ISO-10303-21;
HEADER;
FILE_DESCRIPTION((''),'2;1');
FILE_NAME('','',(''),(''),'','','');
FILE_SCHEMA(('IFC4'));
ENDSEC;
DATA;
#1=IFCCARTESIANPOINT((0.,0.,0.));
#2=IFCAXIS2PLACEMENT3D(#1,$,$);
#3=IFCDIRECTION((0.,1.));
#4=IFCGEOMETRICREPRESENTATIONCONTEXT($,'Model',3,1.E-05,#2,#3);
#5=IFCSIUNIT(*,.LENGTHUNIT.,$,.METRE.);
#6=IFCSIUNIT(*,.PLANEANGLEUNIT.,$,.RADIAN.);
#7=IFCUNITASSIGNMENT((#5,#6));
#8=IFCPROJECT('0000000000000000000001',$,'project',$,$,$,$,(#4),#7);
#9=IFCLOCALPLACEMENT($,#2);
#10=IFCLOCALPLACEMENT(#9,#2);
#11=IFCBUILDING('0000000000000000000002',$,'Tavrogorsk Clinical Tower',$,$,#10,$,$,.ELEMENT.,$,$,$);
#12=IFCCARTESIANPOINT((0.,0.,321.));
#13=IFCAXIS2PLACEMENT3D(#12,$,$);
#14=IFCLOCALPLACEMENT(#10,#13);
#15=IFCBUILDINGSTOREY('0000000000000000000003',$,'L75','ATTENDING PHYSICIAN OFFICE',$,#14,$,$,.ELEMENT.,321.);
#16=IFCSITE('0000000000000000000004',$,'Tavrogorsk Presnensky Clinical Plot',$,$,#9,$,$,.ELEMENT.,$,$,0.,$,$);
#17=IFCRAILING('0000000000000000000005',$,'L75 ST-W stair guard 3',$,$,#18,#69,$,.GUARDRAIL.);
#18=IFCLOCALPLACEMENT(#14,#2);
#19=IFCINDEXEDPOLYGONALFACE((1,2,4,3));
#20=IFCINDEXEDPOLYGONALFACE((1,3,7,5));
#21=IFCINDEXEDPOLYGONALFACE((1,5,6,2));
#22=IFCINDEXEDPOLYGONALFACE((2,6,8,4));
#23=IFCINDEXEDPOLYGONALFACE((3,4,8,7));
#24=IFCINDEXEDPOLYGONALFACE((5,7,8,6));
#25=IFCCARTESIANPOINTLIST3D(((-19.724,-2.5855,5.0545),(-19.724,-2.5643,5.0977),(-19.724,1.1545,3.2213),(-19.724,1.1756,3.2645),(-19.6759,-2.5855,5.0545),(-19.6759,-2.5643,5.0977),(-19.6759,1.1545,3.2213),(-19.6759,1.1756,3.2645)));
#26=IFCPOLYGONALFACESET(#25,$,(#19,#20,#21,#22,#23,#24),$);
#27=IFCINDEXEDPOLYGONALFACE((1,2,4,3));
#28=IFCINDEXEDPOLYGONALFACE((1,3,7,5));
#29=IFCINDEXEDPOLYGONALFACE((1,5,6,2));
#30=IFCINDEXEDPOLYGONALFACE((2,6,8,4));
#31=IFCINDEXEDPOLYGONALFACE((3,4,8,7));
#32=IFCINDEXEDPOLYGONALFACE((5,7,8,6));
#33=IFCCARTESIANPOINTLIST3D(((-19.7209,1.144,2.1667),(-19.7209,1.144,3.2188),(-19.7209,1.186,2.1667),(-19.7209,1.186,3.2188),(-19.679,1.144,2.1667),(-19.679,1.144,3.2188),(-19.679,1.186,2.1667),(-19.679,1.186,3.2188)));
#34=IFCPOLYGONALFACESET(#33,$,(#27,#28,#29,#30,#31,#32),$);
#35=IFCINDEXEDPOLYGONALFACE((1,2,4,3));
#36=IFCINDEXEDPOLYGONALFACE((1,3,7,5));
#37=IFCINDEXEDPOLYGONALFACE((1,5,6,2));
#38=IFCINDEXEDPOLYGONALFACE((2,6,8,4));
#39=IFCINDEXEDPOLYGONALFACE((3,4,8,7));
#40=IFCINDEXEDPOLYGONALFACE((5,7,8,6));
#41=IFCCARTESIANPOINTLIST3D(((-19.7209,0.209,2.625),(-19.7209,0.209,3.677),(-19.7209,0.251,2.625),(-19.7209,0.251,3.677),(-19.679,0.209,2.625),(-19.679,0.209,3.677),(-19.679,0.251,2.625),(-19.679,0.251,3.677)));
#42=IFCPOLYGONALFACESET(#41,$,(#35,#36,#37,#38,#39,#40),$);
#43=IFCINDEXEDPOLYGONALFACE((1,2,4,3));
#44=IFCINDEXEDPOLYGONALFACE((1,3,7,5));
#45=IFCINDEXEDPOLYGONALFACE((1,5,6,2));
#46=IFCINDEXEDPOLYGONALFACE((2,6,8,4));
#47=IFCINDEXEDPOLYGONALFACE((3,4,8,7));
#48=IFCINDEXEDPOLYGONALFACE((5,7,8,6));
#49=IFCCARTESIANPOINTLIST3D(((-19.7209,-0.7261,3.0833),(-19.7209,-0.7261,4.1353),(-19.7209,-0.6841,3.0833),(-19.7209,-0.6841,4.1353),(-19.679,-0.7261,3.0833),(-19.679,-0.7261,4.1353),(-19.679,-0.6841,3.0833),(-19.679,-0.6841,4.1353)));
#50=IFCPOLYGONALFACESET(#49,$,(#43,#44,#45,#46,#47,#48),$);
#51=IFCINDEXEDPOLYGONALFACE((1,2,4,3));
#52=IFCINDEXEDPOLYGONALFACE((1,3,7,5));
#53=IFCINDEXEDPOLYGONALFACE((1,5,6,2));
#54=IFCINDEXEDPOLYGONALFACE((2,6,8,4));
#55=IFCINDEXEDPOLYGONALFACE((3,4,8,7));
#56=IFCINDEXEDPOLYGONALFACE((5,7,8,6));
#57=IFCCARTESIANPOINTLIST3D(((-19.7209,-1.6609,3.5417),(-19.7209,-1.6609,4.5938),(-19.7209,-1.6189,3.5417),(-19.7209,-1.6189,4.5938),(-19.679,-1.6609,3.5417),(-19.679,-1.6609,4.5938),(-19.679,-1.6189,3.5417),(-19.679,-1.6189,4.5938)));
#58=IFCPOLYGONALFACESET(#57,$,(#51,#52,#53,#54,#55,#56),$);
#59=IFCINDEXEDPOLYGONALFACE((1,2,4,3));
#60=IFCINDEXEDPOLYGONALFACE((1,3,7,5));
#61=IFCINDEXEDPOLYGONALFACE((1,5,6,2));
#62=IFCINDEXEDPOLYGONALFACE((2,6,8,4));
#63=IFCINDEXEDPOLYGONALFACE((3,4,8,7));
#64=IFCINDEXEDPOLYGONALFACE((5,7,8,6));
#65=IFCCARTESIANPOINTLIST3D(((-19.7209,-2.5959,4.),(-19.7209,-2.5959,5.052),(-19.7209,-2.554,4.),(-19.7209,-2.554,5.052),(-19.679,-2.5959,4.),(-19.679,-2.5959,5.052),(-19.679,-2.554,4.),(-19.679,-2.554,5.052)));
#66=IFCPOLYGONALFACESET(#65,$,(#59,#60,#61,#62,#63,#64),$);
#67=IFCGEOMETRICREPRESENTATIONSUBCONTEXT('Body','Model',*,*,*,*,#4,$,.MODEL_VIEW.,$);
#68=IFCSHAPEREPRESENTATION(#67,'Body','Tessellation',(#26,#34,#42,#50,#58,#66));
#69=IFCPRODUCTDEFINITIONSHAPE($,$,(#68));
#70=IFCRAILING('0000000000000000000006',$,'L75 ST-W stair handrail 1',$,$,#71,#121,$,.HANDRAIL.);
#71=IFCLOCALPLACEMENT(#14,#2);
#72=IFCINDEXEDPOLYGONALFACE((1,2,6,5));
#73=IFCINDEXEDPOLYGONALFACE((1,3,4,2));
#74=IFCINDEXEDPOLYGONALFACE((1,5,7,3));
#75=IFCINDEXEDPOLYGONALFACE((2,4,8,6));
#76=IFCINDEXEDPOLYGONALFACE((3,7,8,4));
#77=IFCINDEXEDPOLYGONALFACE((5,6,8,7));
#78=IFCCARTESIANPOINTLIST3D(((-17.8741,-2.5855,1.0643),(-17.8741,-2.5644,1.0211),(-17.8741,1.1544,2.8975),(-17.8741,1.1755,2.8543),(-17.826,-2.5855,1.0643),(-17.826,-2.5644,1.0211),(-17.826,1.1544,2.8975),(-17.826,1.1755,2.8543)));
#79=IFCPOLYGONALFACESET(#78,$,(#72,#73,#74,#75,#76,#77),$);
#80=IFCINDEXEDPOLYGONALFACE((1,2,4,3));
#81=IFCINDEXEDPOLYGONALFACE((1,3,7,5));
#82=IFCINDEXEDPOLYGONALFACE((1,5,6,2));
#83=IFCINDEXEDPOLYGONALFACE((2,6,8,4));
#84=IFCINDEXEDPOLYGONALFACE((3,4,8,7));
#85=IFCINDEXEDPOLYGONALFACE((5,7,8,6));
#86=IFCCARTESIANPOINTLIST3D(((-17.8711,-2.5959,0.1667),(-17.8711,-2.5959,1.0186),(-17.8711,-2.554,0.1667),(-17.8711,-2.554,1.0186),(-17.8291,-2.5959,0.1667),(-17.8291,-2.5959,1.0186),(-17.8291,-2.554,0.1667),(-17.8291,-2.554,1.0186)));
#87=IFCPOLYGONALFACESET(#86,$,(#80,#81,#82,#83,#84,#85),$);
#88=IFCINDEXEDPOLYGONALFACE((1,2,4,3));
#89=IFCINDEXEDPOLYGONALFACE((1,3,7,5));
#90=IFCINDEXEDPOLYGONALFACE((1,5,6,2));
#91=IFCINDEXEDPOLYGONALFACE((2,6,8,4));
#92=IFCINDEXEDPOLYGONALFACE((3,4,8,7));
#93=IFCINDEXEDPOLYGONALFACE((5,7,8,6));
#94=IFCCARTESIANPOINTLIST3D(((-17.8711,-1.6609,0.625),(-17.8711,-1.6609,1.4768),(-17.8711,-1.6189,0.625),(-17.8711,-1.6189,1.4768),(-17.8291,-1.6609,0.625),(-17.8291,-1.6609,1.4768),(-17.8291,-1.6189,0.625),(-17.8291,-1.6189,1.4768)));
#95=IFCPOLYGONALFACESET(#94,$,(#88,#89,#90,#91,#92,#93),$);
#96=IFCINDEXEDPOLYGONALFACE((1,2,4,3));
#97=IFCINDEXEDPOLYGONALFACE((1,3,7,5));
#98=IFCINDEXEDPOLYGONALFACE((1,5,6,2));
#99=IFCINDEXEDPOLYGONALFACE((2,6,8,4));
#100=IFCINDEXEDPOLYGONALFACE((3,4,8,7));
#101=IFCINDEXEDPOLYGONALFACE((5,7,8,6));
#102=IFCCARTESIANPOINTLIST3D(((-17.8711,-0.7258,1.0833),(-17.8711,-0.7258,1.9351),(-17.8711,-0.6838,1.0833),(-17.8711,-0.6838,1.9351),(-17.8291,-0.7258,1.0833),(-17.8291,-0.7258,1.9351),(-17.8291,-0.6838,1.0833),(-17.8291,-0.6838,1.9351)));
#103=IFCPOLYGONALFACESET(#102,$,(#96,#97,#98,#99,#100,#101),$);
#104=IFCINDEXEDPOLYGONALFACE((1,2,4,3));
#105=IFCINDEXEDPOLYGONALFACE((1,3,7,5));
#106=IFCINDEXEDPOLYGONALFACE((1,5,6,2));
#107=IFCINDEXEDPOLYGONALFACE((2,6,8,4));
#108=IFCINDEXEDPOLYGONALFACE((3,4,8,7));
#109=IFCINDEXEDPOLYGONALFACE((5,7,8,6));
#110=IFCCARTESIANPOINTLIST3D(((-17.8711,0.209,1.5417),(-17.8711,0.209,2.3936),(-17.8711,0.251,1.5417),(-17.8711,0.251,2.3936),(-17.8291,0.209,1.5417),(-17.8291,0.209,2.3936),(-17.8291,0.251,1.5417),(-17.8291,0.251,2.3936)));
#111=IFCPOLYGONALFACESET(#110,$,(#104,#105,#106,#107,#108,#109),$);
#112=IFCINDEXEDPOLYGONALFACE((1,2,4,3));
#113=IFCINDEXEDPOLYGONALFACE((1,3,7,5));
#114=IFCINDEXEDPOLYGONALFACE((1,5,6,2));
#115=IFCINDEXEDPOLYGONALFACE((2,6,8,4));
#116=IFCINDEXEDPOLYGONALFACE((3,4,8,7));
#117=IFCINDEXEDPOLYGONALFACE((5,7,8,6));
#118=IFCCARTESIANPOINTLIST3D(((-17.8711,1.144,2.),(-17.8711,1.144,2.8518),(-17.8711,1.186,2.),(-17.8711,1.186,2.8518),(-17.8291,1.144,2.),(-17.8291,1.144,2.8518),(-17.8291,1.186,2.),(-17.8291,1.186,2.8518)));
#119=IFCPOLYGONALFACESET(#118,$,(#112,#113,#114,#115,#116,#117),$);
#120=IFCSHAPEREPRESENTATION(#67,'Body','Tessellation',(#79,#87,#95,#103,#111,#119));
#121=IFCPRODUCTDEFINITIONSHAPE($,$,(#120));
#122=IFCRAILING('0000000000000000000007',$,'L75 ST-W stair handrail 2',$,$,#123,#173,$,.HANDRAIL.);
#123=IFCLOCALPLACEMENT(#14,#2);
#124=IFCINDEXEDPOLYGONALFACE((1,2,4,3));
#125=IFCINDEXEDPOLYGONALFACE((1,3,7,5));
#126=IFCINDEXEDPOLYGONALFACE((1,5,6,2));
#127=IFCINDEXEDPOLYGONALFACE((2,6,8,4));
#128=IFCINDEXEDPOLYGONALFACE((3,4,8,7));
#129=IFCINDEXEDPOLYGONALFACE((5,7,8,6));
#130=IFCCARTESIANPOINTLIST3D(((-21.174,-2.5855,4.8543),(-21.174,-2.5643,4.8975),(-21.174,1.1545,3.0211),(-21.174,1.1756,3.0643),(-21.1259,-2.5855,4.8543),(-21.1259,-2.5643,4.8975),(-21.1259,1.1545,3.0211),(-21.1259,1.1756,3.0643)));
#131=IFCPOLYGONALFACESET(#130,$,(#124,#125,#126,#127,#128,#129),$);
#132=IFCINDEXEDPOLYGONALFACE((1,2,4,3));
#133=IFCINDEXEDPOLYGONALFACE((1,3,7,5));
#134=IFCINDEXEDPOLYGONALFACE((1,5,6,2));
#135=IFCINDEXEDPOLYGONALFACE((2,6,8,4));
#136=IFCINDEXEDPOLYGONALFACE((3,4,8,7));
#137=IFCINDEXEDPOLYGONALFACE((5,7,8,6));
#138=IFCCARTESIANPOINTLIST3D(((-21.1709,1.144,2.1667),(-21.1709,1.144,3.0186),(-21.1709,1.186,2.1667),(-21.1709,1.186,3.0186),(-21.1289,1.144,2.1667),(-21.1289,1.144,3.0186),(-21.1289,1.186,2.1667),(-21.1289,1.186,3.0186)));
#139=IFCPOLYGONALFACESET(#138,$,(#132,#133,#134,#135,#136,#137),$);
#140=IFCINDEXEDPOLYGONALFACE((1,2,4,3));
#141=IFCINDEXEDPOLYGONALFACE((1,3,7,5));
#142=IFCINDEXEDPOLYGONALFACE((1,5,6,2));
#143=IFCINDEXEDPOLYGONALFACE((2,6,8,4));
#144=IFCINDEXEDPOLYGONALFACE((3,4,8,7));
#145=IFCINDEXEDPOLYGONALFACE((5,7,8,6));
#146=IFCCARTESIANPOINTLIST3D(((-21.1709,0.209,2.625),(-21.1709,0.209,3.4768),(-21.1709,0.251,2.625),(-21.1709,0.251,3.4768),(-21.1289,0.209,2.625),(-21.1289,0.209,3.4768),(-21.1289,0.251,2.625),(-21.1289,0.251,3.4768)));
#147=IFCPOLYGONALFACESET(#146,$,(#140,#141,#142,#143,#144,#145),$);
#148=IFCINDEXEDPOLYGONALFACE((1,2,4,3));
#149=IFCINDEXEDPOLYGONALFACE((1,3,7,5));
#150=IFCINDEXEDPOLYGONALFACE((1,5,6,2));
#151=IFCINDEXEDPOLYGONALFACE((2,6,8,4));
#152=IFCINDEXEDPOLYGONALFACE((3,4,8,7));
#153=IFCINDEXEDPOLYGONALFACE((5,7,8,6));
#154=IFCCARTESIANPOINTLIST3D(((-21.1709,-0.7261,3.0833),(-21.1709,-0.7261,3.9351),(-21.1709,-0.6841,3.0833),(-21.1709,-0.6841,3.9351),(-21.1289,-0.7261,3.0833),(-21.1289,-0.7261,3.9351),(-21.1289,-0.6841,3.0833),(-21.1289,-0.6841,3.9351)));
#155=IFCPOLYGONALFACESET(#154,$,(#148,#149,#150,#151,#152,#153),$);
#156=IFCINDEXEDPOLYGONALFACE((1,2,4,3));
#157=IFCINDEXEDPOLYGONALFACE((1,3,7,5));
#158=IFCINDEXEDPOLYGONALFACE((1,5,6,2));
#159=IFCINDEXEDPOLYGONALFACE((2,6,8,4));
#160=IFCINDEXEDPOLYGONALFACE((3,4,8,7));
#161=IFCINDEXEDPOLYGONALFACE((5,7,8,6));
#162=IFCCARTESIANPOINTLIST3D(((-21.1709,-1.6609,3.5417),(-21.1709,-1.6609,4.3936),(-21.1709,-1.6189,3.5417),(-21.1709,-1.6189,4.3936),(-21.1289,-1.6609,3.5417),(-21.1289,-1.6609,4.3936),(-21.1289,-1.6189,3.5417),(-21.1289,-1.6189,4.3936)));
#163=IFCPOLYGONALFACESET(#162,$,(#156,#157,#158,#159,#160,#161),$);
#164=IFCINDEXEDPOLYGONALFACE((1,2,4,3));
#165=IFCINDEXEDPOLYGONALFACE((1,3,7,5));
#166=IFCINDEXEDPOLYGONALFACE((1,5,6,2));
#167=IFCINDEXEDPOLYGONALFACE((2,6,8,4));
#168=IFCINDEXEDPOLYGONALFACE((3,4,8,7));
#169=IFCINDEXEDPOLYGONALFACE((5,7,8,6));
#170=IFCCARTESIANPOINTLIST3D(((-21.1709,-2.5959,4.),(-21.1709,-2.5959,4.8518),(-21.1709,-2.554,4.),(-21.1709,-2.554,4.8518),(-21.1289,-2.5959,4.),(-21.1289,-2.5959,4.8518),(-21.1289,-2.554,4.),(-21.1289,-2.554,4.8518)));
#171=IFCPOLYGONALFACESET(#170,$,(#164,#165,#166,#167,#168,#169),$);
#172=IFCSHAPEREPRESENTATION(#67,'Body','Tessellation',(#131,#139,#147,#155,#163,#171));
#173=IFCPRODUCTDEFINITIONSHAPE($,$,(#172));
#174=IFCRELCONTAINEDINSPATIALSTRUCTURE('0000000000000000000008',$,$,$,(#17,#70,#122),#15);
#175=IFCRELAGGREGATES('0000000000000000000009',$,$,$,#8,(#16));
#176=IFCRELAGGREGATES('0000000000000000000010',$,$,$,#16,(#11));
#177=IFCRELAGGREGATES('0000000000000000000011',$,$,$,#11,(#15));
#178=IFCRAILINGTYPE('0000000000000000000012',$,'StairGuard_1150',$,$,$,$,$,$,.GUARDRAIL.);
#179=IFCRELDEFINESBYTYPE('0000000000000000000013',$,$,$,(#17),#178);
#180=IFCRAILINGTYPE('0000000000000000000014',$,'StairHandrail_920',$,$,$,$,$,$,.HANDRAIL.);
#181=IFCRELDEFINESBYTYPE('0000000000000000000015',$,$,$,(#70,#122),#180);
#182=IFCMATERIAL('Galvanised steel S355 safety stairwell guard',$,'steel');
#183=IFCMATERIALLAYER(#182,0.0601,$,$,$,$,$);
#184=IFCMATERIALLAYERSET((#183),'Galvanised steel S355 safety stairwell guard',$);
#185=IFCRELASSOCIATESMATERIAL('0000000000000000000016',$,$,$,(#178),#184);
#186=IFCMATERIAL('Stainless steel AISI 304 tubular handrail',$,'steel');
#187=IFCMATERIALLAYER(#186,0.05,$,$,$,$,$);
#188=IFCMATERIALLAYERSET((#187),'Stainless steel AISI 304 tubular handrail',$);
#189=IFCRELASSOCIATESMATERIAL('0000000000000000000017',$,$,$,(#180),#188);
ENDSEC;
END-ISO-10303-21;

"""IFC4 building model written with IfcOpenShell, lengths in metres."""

from ifc_helpers import new_model, si_unit, direction, frame, origin, origin_2d, place, context, subcontext, project, spatial, rectangle, extrude, material, layer, layer_set, type_object, element, save


model = new_model("IFC4")

# Units and contexts
model_context = context("Model", 3, precision=1e-05, world=origin(), true_north=direction((0.0, 1.0)))
body_context = subcontext(model_context, "Body", "Model", "MODEL_VIEW")
ifc_project = project(units=[si_unit("LENGTHUNIT", "METRE"), si_unit("PLANEANGLEUNIT", "RADIAN")], contexts=[model_context])

# Site, building, storey
site_placement = place(None, origin())
site = spatial("IfcSite", under=ifc_project, at=site_placement, Name="Tavrogorsk Presnensky Clinical Plot", CompositionType="ELEMENT", RefElevation=0.0)
building_placement = place(site_placement, origin())
building = spatial("IfcBuilding", under=site, at=building_placement, Name="Tavrogorsk Clinical Tower", CompositionType="ELEMENT")
storey_placement = place(building_placement, frame((0.0, 0.0, 321.0)))
storey = spatial("IfcBuildingStorey", under=building, at=storey_placement, Name="L75", Description="ATTENDING PHYSICIAN OFFICE", CompositionType="ELEMENT", Elevation=321.0)

# Railings
ifc_material_1 = material(Name="Galvanised steel S355 safety stairwell guard", Category="steel")
ifc_layer_1 = layer(ifc_material_1, 0.0601)
ifc_layer_set_1 = layer_set([ifc_layer_1], Name="Galvanised steel S355 safety stairwell guard")
railing_type_1 = type_object("IfcRailingType", Name="StairGuard_1150", PredefinedType="GUARDRAIL", material=ifc_layer_set_1)
railing_1_placement = place(storey_placement, frame((-19.7, 1.165, 2.1667)))
element("IfcRailing", 1, at=railing_1_placement, inside=storey, type_object=railing_type_1, Name="L75 ST-W stair guard 3", PredefinedType="GUARDRAIL", context=body_context, shape_type="SweptSolid", body=[
    extrude(rectangle(XDim=0.0481, YDim=0.0481, at=origin_2d()), frame((0.0, 0.0, 1.0762), z_axis=(0.0, -0.897928, 0.440142), x_axis=(1.0, 0.0, 0.0)), (0.0, 0.0, 1.0), 4.165),
    extrude(rectangle(XDim=0.042, YDim=0.042, at=origin_2d()), origin(), (0.0, 0.0, 1.0), 1.052),
    extrude(rectangle(XDim=0.042, YDim=0.042, at=origin_2d()), frame((0.0, -0.9351, 0.4583)), (0.0, 0.0, 1.0), 1.052),
    extrude(rectangle(XDim=0.042, YDim=0.042, at=origin_2d()), frame((0.0, -1.8701, 0.9165)), (0.0, 0.0, 1.0), 1.052),
    extrude(rectangle(XDim=0.042, YDim=0.042, at=origin_2d()), frame((0.0, -2.8049, 1.375)), (0.0, 0.0, 1.0), 1.052),
    extrude(rectangle(XDim=0.042, YDim=0.042, at=origin_2d()), frame((0.0, -3.74, 1.8333)), (0.0, 0.0, 1.0), 1.052),
])
ifc_material_2 = material(Name="Stainless steel AISI 304 tubular handrail", Category="steel")
ifc_layer_2 = layer(ifc_material_2, 0.05)
ifc_layer_set_2 = layer_set([ifc_layer_2], Name="Stainless steel AISI 304 tubular handrail")
railing_type_2 = type_object("IfcRailingType", Name="StairHandrail_920", PredefinedType="HANDRAIL", material=ifc_layer_set_2)
railing_2_placement = place(storey_placement, frame((-17.8501, -2.575, 0.1667)))
element("IfcRailing", 2, at=railing_2_placement, inside=storey, type_object=railing_type_2, Name="L75 ST-W stair handrail 1", PredefinedType="HANDRAIL", context=body_context, shape_type="SweptSolid", body=[
    extrude(rectangle(XDim=0.0481, YDim=0.0481, at=origin_2d()), frame((0.0, 0.0, 0.876), z_axis=(0.0, 0.897928, 0.440142), x_axis=(-1.0, 0.0, 0.0)), (0.0, 0.0, 1.0), 4.165),
    extrude(rectangle(XDim=0.042, YDim=0.042, at=origin_2d()), origin(), (0.0, 0.0, 1.0), 0.8518),
    extrude(rectangle(XDim=0.042, YDim=0.042, at=origin_2d()), frame((0.0, 0.9351, 0.4583)), (0.0, 0.0, 1.0), 0.8518),
    extrude(rectangle(XDim=0.042, YDim=0.042, at=origin_2d()), frame((0.0, 1.8701, 0.9165)), (0.0, 0.0, 1.0), 0.8518),
    extrude(rectangle(XDim=0.042, YDim=0.042, at=origin_2d()), frame((0.0, 2.8049, 1.375)), (0.0, 0.0, 1.0), 0.8518),
    extrude(rectangle(XDim=0.042, YDim=0.042, at=origin_2d()), frame((0.0, 3.74, 1.8333)), (0.0, 0.0, 1.0), 0.8518),
])
railing_3_placement = place(storey_placement, frame((-21.1499, 1.165, 2.1667)))
element("IfcRailing", 3, at=railing_3_placement, inside=storey, type_object=railing_type_2, Name="L75 ST-W stair handrail 2", PredefinedType="HANDRAIL", context=body_context, shape_type="SweptSolid", body=[
    extrude(rectangle(XDim=0.0481, YDim=0.0481, at=origin_2d()), frame((0.0, 0.0, 0.876), z_axis=(0.0, -0.897928, 0.440142), x_axis=(1.0, 0.0, 0.0)), (0.0, 0.0, 1.0), 4.165),
    extrude(rectangle(XDim=0.042, YDim=0.042, at=origin_2d()), origin(), (0.0, 0.0, 1.0), 0.8518),
    extrude(rectangle(XDim=0.042, YDim=0.042, at=origin_2d()), frame((0.0, -0.9351, 0.4583)), (0.0, 0.0, 1.0), 0.8518),
    extrude(rectangle(XDim=0.042, YDim=0.042, at=origin_2d()), frame((0.0, -1.8701, 0.9165)), (0.0, 0.0, 1.0), 0.8518),
    extrude(rectangle(XDim=0.042, YDim=0.042, at=origin_2d()), frame((0.0, -2.8049, 1.375)), (0.0, 0.0, 1.0), 0.8518),
    extrude(rectangle(XDim=0.042, YDim=0.042, at=origin_2d()), frame((0.0, -3.74, 1.8333)), (0.0, 0.0, 1.0), 0.8518),
])

save(model, "model.ifc")
